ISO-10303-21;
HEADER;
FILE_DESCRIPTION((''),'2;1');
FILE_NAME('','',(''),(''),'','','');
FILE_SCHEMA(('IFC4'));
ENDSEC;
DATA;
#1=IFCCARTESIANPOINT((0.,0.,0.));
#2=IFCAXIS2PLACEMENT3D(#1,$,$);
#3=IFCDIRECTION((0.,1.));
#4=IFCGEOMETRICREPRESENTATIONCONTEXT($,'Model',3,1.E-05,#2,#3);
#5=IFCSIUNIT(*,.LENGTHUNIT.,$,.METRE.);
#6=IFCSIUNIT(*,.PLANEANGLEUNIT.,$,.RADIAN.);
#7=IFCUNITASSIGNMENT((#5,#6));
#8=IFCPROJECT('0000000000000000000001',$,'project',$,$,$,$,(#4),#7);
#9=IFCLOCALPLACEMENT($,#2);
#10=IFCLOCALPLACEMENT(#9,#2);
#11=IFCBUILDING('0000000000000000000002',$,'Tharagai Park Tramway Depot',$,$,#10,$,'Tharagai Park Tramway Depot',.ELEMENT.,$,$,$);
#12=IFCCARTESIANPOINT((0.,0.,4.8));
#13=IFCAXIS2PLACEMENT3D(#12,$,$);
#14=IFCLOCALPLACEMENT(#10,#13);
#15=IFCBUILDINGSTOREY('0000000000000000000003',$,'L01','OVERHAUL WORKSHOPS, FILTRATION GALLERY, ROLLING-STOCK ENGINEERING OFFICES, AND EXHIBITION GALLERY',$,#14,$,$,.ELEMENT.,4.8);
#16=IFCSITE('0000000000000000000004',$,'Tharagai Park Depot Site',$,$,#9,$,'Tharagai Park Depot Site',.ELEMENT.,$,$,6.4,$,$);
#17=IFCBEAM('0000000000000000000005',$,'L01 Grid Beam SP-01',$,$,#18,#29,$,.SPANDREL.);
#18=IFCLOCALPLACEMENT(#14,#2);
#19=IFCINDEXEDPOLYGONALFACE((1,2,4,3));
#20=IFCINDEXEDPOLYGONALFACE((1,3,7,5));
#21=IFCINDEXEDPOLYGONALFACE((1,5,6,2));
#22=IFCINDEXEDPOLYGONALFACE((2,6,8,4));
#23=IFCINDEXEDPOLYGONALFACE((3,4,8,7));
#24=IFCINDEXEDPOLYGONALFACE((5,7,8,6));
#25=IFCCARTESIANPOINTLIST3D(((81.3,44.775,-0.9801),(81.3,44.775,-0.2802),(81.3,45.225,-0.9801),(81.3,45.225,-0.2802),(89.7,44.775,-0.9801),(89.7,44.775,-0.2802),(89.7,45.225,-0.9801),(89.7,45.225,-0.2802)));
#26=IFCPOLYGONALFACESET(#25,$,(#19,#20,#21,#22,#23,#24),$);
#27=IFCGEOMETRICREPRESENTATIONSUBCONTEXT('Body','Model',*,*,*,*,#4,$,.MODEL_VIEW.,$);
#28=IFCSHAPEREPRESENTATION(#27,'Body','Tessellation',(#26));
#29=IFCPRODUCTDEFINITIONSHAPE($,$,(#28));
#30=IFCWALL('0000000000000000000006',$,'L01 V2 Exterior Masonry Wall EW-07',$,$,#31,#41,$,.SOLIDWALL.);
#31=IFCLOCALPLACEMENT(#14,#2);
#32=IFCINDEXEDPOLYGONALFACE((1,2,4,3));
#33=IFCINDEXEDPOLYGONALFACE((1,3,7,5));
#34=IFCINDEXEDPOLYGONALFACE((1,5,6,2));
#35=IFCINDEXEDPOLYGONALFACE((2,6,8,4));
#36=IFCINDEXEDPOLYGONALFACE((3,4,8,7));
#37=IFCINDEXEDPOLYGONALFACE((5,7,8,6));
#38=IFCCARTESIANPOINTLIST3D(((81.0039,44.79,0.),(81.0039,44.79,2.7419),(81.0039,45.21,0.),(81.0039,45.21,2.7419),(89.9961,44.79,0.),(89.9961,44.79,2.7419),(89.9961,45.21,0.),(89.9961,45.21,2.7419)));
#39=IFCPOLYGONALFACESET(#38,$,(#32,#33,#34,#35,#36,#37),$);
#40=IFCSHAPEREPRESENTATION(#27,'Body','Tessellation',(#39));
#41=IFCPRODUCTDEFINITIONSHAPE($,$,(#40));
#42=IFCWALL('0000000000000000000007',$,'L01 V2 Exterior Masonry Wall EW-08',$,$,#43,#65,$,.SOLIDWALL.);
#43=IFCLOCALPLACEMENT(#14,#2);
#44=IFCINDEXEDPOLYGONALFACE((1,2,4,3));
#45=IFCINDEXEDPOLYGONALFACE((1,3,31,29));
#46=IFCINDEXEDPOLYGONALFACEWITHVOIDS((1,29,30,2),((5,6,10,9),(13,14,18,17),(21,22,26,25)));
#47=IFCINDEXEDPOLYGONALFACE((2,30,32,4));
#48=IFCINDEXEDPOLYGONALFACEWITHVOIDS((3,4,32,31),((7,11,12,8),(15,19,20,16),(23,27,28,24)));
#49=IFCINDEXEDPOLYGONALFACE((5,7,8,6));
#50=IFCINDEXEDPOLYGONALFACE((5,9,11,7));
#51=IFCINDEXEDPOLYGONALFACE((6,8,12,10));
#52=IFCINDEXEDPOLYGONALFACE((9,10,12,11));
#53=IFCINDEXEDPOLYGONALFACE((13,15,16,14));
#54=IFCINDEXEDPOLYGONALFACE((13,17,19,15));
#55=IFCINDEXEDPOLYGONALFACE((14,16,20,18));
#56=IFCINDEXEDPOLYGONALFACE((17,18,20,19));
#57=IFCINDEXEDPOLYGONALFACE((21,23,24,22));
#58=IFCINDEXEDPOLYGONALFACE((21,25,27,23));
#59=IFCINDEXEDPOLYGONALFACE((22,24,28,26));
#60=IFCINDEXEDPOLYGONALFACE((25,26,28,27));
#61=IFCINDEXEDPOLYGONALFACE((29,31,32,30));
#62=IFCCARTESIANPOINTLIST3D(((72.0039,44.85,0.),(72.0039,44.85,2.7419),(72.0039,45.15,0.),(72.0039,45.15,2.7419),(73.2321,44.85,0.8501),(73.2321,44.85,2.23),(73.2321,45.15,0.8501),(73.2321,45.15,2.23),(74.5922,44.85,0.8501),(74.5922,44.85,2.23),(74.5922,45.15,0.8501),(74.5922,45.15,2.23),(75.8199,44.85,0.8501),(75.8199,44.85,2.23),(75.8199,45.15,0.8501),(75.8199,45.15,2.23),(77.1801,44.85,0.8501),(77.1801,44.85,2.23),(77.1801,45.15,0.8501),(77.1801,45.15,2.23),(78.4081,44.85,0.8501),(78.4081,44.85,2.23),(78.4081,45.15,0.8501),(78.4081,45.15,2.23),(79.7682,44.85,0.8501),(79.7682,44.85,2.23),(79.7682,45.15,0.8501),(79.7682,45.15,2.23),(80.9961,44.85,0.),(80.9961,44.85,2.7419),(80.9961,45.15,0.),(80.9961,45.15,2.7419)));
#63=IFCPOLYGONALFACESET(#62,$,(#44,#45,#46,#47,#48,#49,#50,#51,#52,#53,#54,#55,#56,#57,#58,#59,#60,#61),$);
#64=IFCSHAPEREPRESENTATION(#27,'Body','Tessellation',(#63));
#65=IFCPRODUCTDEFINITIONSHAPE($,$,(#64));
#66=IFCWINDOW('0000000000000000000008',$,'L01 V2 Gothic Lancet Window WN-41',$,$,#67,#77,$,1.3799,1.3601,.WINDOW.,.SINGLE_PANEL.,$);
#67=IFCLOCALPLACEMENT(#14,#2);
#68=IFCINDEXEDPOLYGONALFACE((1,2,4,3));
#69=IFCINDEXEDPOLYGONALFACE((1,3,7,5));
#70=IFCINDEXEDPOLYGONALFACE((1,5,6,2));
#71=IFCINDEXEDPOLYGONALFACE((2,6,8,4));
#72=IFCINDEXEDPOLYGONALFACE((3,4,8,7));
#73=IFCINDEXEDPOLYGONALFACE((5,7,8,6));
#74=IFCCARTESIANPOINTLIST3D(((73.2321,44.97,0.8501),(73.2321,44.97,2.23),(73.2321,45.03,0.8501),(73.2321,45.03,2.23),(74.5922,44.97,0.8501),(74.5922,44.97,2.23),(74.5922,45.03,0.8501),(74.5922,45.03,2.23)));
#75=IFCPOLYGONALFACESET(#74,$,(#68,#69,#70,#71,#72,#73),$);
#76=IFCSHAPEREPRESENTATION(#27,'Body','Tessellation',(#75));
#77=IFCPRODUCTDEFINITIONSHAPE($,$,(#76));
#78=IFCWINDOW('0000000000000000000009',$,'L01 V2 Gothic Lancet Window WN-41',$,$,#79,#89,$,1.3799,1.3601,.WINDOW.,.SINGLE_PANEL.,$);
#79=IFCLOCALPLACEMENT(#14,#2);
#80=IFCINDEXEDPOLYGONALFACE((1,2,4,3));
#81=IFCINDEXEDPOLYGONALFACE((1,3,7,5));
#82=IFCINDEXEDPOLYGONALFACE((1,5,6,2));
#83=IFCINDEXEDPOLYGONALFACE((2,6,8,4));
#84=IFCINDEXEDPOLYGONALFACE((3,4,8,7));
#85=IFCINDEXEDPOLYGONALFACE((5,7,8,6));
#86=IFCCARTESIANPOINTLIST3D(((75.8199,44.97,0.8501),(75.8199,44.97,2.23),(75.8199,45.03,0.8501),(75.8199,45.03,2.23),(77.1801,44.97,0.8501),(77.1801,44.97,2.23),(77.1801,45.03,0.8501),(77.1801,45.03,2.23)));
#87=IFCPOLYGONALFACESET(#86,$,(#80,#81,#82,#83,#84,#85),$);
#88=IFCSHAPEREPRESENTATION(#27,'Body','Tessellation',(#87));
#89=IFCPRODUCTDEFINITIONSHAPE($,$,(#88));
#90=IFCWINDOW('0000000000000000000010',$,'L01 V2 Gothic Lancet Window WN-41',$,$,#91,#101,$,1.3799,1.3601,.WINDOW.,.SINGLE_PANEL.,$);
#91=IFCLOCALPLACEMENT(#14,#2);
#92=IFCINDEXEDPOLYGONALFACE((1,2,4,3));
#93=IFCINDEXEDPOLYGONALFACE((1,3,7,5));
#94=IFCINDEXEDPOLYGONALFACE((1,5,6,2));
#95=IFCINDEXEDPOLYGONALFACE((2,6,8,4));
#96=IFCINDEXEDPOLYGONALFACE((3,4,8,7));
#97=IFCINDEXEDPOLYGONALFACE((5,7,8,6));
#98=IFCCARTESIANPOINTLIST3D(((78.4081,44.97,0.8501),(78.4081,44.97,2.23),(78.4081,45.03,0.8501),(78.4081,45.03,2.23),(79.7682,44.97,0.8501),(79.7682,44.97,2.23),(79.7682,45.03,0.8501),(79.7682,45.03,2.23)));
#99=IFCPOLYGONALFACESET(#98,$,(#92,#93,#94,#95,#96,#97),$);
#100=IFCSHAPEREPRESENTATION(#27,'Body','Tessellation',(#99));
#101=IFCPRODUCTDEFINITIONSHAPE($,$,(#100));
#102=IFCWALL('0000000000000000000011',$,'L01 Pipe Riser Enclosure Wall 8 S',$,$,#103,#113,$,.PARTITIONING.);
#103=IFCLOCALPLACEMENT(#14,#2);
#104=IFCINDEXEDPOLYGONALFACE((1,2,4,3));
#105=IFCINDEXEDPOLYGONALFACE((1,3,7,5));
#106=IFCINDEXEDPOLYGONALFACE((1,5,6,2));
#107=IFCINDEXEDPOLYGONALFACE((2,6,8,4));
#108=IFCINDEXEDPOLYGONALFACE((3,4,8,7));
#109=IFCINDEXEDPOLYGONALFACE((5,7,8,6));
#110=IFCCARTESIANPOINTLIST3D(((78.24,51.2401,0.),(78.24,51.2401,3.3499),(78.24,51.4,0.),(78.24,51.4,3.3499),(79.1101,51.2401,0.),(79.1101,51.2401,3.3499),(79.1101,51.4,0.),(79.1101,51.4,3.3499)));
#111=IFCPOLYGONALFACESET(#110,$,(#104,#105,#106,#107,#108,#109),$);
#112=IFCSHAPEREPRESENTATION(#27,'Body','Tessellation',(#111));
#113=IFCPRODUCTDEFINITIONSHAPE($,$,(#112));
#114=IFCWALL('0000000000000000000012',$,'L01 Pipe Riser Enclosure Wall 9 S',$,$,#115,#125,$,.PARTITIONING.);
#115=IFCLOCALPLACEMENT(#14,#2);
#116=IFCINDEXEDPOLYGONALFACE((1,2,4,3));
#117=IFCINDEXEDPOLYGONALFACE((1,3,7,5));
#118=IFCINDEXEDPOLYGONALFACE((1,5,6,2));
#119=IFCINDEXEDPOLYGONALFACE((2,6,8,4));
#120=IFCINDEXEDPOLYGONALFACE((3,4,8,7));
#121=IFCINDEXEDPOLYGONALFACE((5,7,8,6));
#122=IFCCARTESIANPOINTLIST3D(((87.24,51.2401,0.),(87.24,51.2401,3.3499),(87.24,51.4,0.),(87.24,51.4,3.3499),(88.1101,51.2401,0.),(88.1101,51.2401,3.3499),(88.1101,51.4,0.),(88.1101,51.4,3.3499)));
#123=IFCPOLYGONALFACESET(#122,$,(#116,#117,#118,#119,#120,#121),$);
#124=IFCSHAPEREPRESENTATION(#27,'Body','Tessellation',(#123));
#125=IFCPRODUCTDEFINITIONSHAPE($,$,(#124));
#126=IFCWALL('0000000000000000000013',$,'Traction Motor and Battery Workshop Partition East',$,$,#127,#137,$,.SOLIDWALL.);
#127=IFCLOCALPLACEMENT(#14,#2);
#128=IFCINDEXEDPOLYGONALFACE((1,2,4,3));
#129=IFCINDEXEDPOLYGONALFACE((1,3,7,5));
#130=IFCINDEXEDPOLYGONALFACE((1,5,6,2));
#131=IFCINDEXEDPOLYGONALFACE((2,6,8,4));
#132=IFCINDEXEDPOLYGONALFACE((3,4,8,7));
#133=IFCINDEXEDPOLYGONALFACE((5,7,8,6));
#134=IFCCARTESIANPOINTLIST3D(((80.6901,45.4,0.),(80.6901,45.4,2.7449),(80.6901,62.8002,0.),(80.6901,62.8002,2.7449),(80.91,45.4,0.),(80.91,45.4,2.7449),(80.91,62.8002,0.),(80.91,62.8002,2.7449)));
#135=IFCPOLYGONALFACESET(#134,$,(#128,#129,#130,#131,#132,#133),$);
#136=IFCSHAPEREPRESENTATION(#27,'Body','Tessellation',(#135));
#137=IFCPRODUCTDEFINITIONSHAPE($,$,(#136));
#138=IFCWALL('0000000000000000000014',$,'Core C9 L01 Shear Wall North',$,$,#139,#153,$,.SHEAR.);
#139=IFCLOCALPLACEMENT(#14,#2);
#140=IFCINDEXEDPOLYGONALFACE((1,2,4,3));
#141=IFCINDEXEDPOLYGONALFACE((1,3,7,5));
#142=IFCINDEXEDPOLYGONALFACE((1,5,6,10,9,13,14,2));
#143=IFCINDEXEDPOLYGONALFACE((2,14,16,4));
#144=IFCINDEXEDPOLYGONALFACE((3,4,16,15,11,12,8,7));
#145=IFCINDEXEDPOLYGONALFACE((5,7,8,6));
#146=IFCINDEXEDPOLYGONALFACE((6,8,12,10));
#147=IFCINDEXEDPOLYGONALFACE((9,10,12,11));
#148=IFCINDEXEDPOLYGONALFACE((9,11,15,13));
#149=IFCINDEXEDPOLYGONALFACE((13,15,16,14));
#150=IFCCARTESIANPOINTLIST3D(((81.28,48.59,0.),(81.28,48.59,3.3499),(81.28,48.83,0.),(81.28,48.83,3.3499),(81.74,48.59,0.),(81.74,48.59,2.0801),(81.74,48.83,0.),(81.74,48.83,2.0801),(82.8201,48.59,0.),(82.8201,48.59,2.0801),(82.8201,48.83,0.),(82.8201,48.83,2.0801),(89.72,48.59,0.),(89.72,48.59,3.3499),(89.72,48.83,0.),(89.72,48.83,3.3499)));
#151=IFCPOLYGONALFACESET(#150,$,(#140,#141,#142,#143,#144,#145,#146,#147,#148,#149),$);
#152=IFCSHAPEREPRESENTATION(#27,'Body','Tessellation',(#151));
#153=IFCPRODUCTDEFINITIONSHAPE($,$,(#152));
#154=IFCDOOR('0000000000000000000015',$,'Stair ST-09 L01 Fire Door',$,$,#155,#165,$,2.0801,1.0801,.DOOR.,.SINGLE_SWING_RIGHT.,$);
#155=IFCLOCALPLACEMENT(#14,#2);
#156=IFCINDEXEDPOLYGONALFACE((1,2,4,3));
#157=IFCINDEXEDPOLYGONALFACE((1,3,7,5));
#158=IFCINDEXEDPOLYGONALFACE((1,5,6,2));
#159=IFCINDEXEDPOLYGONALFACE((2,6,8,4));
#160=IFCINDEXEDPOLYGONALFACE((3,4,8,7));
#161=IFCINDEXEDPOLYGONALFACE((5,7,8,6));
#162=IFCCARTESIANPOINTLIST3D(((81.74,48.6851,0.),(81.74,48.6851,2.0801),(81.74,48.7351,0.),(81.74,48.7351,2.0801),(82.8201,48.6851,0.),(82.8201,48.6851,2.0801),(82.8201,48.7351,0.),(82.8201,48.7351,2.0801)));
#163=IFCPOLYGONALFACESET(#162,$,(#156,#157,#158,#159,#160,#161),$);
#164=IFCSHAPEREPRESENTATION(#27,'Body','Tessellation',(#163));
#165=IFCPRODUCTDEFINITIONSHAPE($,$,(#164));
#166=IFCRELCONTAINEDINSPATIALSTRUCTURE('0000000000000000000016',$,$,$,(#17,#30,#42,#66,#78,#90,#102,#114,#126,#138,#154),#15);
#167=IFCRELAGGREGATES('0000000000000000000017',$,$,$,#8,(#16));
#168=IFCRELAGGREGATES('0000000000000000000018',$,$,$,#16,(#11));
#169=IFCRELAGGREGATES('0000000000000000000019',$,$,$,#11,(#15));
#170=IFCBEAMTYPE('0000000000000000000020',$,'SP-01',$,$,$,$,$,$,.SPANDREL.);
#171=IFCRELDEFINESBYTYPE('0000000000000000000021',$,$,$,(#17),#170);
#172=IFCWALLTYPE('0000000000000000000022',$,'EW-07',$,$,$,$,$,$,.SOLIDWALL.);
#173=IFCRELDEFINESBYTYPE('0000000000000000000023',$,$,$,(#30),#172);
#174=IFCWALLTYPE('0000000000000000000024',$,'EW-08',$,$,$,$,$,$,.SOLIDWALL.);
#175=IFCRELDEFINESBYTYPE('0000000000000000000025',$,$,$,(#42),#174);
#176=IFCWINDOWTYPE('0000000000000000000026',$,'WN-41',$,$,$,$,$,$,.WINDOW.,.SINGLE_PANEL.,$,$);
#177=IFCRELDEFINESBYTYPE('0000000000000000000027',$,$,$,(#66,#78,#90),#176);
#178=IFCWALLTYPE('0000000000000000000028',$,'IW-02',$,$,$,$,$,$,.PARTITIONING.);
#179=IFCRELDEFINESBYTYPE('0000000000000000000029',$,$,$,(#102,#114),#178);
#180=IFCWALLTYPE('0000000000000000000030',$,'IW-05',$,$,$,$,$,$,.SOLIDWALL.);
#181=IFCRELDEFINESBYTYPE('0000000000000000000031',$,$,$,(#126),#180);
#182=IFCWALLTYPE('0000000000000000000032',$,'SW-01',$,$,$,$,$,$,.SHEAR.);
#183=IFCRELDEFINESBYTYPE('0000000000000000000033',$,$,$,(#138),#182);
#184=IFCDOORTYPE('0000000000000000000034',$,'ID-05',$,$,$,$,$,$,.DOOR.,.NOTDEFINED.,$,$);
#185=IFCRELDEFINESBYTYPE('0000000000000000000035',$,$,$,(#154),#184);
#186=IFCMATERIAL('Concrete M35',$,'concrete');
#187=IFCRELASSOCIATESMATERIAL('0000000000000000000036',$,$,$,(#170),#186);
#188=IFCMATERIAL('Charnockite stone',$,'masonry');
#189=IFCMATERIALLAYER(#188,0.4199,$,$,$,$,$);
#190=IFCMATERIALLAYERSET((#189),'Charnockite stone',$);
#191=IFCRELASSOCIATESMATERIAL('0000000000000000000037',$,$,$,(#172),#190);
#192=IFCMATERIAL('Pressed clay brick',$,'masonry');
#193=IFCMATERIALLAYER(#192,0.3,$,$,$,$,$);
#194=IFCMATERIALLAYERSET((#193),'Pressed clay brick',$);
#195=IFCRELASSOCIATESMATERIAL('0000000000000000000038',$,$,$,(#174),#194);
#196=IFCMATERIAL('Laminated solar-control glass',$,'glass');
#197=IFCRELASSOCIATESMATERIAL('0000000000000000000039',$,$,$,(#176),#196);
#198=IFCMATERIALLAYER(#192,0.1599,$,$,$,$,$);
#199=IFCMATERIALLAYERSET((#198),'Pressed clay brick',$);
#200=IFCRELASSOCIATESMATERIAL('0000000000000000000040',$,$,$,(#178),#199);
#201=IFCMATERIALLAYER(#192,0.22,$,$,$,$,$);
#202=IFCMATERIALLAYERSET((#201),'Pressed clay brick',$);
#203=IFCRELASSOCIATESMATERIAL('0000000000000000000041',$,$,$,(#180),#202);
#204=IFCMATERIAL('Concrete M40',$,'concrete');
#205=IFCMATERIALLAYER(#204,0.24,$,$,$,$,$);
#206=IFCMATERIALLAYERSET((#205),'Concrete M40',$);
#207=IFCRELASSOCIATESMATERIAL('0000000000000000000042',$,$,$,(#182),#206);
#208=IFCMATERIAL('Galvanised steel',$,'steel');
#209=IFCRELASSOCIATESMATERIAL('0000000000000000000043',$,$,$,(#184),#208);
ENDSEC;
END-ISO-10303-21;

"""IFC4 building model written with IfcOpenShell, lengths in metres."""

from ifc_helpers import new_model, si_unit, direction, frame, frame_2d, origin, origin_2d, place, context, subcontext, project, spatial, rectangle, extrude, material, layer, layer_set, material_profile, profile_set, type_object, element, fill, save


model = new_model("IFC4")

# Units and contexts
model_context = context("Model", 3, precision=1e-05, world=origin(), true_north=direction((0.0, 1.0)))
body_context = subcontext(model_context, "Body", "Model", "MODEL_VIEW")
ifc_project = project(units=[si_unit("LENGTHUNIT", "METRE"), si_unit("PLANEANGLEUNIT", "RADIAN")], contexts=[model_context])

# Site, building, storey
site_placement = place(None, origin())
site = spatial("IfcSite", under=ifc_project, at=site_placement, Name="Tharagai Park Depot Site", LongName="Tharagai Park Depot Site", CompositionType="ELEMENT", RefElevation=6.4)
building_placement = place(site_placement, origin())
building = spatial("IfcBuilding", under=site, at=building_placement, Name="Tharagai Park Tramway Depot", LongName="Tharagai Park Tramway Depot", CompositionType="ELEMENT")
storey_placement = place(building_placement, frame((0.0, 0.0, 4.8)))
storey = spatial("IfcBuildingStorey", under=building, at=storey_placement, Name="L01", Description="OVERHAUL WORKSHOPS, FILTRATION GALLERY, ROLLING-STOCK ENGINEERING OFFICES, AND EXHIBITION GALLERY", CompositionType="ELEMENT", Elevation=4.8)

# Shared definitions
ifc_material_1 = material(Name="Concrete M35", Category="concrete")

# Beam
ifc_material_profile_1 = material_profile(ifc_material_1, rectangle(XDim=0.45, YDim=0.7, at=origin_2d()), Name="RC 450x700")
ifc_profile_set_1 = profile_set([ifc_material_profile_1], Name="Concrete M35")
beam_type_1 = type_object("IfcBeamType", Name="SP-01", PredefinedType="SPANDREL", material=ifc_profile_set_1)
for number, where, z_axis, x_axis, name in (
    (1, (81.3, 45.0, -0.6301), (1.0, 0.0, 0.0), (0.0, 1.0, 0.0), "L01 Grid Beam SP-01"),
):
    element("IfcBeam", number, at=place(storey_placement, frame(where, z_axis=z_axis, x_axis=x_axis)), inside=storey, type_object=beam_type_1, Name=name, PredefinedType="SPANDREL", context=body_context, shape_type="SweptSolid", body=[
        extrude(rectangle(XDim=0.45, YDim=0.7, at=origin_2d()), origin(), (0.0, 0.0, 1.0), 8.3999),
    ])

# Wall
ifc_material_2 = material(Name="Charnockite stone", Category="masonry")
ifc_layer_1 = layer(ifc_material_2, 0.4199)
ifc_layer_set_1 = layer_set([ifc_layer_1], Name="Charnockite stone")
wall_type_1 = type_object("IfcWallType", Name="EW-07", PredefinedType="SOLIDWALL", material=ifc_layer_set_1)
wall_1_placement = place(storey_placement, frame((81.0039, 45.0, 0.0), z_axis=(0.0, 0.0, 1.0), x_axis=(1.0, 0.0, 0.0)))
element("IfcWall", 2, at=wall_1_placement, inside=storey, type_object=wall_type_1, Name="L01 V2 Exterior Masonry Wall EW-07", PredefinedType="SOLIDWALL", context=body_context, shape_type="SweptSolid", body=[
    extrude(rectangle(XDim=8.9922, YDim=0.4199, at=frame_2d((4.4961, 0.0))), origin(), (0.0, 0.0, 1.0), 2.7419),
])

# Wall, openings, windows
ifc_material_3 = material(Name="Pressed clay brick", Category="masonry")
ifc_layer_2 = layer(ifc_material_3, 0.3)
ifc_layer_set_2 = layer_set([ifc_layer_2], Name="Pressed clay brick")
wall_type_2 = type_object("IfcWallType", Name="EW-08", PredefinedType="SOLIDWALL", material=ifc_layer_set_2)
wall_2_placement = place(storey_placement, frame((72.0039, 45.0, 0.0), z_axis=(0.0, 0.0, 1.0), x_axis=(1.0, 0.0, 0.0)))
wall_2 = element("IfcWall", 3, at=wall_2_placement, inside=storey, type_object=wall_type_2, Name="L01 V2 Exterior Masonry Wall EW-08", PredefinedType="SOLIDWALL", context=body_context, shape_type="SweptSolid", body=[
    extrude(rectangle(XDim=8.9922, YDim=0.3, at=frame_2d((4.4961, 0.0))), origin(), (0.0, 0.0, 1.0), 2.7419),
])
opening_1_placement = place(wall_2_placement, frame((1.228, 0.0, 0.8501)))
opening_1 = element("IfcOpeningElement", 4, at=opening_1_placement, cuts=wall_2, PredefinedType="OPENING", context=body_context, shape_type="SweptSolid", body=[
    extrude(rectangle(XDim=1.3601, YDim=1.3799, at=frame_2d((0.6802, 0.6899))), frame((0.0, 0.1599, 0.0), z_axis=(0.0, -1.0, 0.0), x_axis=(1.0, 0.0, 0.0)), (0.0, 0.0, 1.0), 0.3201),
])
opening_2_placement = place(wall_2_placement, frame((3.8159, 0.0, 0.8501)))
opening_2 = element("IfcOpeningElement", 5, at=opening_2_placement, cuts=wall_2, PredefinedType="OPENING", context=body_context, shape_type="SweptSolid", body=[
    extrude(rectangle(XDim=1.3601, YDim=1.3799, at=frame_2d((0.6802, 0.6899))), frame((0.0, 0.1599, 0.0), z_axis=(0.0, -1.0, 0.0), x_axis=(1.0, 0.0, 0.0)), (0.0, 0.0, 1.0), 0.3201),
])
opening_3_placement = place(wall_2_placement, frame((6.4041, 0.0, 0.8501)))
opening_3 = element("IfcOpeningElement", 6, at=opening_3_placement, cuts=wall_2, PredefinedType="OPENING", context=body_context, shape_type="SweptSolid", body=[
    extrude(rectangle(XDim=1.3601, YDim=1.3799, at=frame_2d((0.6802, 0.6899))), frame((0.0, 0.1599, 0.0), z_axis=(0.0, -1.0, 0.0), x_axis=(1.0, 0.0, 0.0)), (0.0, 0.0, 1.0), 0.3201),
])
ifc_material_4 = material(Name="Laminated solar-control glass", Category="glass")
window_type = type_object("IfcWindowType", Name="WN-41", PartitioningType="SINGLE_PANEL", PredefinedType="WINDOW", material=ifc_material_4)
window_1_placement = place(opening_1_placement, origin())
window_1 = element("IfcWindow", 7, at=window_1_placement, inside=storey, type_object=window_type, Name="L01 V2 Gothic Lancet Window WN-41", OverallHeight=1.3799, OverallWidth=1.3601, PartitioningType="SINGLE_PANEL", PredefinedType="WINDOW", context=body_context, shape_type="SweptSolid", body=[
    extrude(rectangle(XDim=1.3601, YDim=1.3799, at=frame_2d((0.6802, 0.6899))), frame((0.0, 0.03, 0.0), z_axis=(0.0, -1.0, 0.0), x_axis=(1.0, 0.0, 0.0)), (0.0, 0.0, 1.0), 0.0601),
])
fill(opening_1, window_1)
window_2_placement = place(opening_2_placement, origin())
window_2 = element("IfcWindow", 8, at=window_2_placement, inside=storey, type_object=window_type, Name="L01 V2 Gothic Lancet Window WN-41", OverallHeight=1.3799, OverallWidth=1.3601, PartitioningType="SINGLE_PANEL", PredefinedType="WINDOW", context=body_context, shape_type="SweptSolid", body=[
    extrude(rectangle(XDim=1.3601, YDim=1.3799, at=frame_2d((0.6802, 0.6899))), frame((0.0, 0.03, 0.0), z_axis=(0.0, -1.0, 0.0), x_axis=(1.0, 0.0, 0.0)), (0.0, 0.0, 1.0), 0.0601),
])
fill(opening_2, window_2)
window_3_placement = place(opening_3_placement, origin())
window_3 = element("IfcWindow", 9, at=window_3_placement, inside=storey, type_object=window_type, Name="L01 V2 Gothic Lancet Window WN-41", OverallHeight=1.3799, OverallWidth=1.3601, PartitioningType="SINGLE_PANEL", PredefinedType="WINDOW", context=body_context, shape_type="SweptSolid", body=[
    extrude(rectangle(XDim=1.3601, YDim=1.3799, at=frame_2d((0.6802, 0.6899))), frame((0.0, 0.03, 0.0), z_axis=(0.0, -1.0, 0.0), x_axis=(1.0, 0.0, 0.0)), (0.0, 0.0, 1.0), 0.0601),
])
fill(opening_3, window_3)

# Walls
ifc_layer_3 = layer(ifc_material_3, 0.1599)
ifc_layer_set_3 = layer_set([ifc_layer_3], Name="Pressed clay brick")
wall_type_3 = type_object("IfcWallType", Name="IW-02", PredefinedType="PARTITIONING", material=ifc_layer_set_3)
for number, where, z_axis, x_axis, name in (
    (10, (78.24, 51.3201, 0.0), (0.0, 0.0, 1.0), (1.0, 0.0, 0.0), "L01 Pipe Riser Enclosure Wall 8 S"),
    (11, (87.24, 51.3201, 0.0), (0.0, 0.0, 1.0), (1.0, 0.0, 0.0), "L01 Pipe Riser Enclosure Wall 9 S"),
):
    element("IfcWall", number, at=place(storey_placement, frame(where, z_axis=z_axis, x_axis=x_axis)), inside=storey, type_object=wall_type_3, Name=name, PredefinedType="PARTITIONING", context=body_context, shape_type="SweptSolid", body=[
        extrude(rectangle(XDim=0.8701, YDim=0.1599, at=frame_2d((0.4351, 0.0))), origin(), (0.0, 0.0, 1.0), 3.3499),
    ])
ifc_layer_4 = layer(ifc_material_3, 0.22)
ifc_layer_set_4 = layer_set([ifc_layer_4], Name="Pressed clay brick")
wall_type_4 = type_object("IfcWallType", Name="IW-05", PredefinedType="SOLIDWALL", material=ifc_layer_set_4)
wall_3_placement = place(storey_placement, frame((80.8, 45.3999, 0.0), z_axis=(0.0, 0.0, 1.0), x_axis=(0.0, 1.0, 0.0)))
element("IfcWall", 12, at=wall_3_placement, inside=storey, type_object=wall_type_4, Name="Traction Motor and Battery Workshop Partition East", PredefinedType="SOLIDWALL", context=body_context, shape_type="SweptSolid", body=[
    extrude(rectangle(XDim=17.4001, YDim=0.22, at=frame_2d((8.7002, 0.0))), origin(), (0.0, 0.0, 1.0), 2.7449),
])

# Wall, opening, door
ifc_material_5 = material(Name="Concrete M40", Category="concrete")
ifc_layer_5 = layer(ifc_material_5, 0.24)
ifc_layer_set_5 = layer_set([ifc_layer_5], Name="Concrete M40")
wall_type_5 = type_object("IfcWallType", Name="SW-01", PredefinedType="SHEAR", material=ifc_layer_set_5)
wall_4_placement = place(storey_placement, frame((81.28, 48.71, 0.0), z_axis=(0.0, 0.0, 1.0), x_axis=(1.0, 0.0, 0.0)))
wall_4 = element("IfcWall", 13, at=wall_4_placement, inside=storey, type_object=wall_type_5, Name="Core C9 L01 Shear Wall North", PredefinedType="SHEAR", context=body_context, shape_type="SweptSolid", body=[
    extrude(rectangle(XDim=8.4399, YDim=0.24, at=frame_2d((4.22, 0.0))), origin(), (0.0, 0.0, 1.0), 3.3499),
])
opening_4_placement = place(wall_4_placement, frame((0.46, 0.0, 0.0)))
opening_4 = element("IfcOpeningElement", 14, at=opening_4_placement, cuts=wall_4, PredefinedType="OPENING", context=body_context, shape_type="SweptSolid", body=[
    extrude(rectangle(XDim=1.0801, YDim=2.0801, at=frame_2d((0.54, 1.04))), frame((0.0, 0.1299, 0.0), z_axis=(0.0, -1.0, 0.0), x_axis=(1.0, 0.0, 0.0)), (0.0, 0.0, 1.0), 0.26),
])
ifc_material_6 = material(Name="Galvanised steel", Category="steel")
door_type = type_object("IfcDoorType", Name="ID-05", OperationType="NOTDEFINED", PredefinedType="DOOR", material=ifc_material_6)
door_placement = place(opening_4_placement, frame((1.0801, 0.0, 0.0), z_axis=(0.0, 0.0, 1.0), x_axis=(-1.0, 0.0, 0.0)))
door = element("IfcDoor", 15, at=door_placement, inside=storey, type_object=door_type, Name="Stair ST-09 L01 Fire Door", OperationType="SINGLE_SWING_RIGHT", OverallHeight=2.0801, OverallWidth=1.0801, PredefinedType="DOOR", context=body_context, shape_type="SweptSolid", body=[
    extrude(rectangle(XDim=1.0801, YDim=2.0801, at=frame_2d((0.54, 1.04))), frame((0.0, 0.0249, 0.0), z_axis=(0.0, -1.0, 0.0), x_axis=(1.0, 0.0, 0.0)), (0.0, 0.0, 1.0), 0.05),
])
fill(opening_4, door)

save(model, "model.ifc")
